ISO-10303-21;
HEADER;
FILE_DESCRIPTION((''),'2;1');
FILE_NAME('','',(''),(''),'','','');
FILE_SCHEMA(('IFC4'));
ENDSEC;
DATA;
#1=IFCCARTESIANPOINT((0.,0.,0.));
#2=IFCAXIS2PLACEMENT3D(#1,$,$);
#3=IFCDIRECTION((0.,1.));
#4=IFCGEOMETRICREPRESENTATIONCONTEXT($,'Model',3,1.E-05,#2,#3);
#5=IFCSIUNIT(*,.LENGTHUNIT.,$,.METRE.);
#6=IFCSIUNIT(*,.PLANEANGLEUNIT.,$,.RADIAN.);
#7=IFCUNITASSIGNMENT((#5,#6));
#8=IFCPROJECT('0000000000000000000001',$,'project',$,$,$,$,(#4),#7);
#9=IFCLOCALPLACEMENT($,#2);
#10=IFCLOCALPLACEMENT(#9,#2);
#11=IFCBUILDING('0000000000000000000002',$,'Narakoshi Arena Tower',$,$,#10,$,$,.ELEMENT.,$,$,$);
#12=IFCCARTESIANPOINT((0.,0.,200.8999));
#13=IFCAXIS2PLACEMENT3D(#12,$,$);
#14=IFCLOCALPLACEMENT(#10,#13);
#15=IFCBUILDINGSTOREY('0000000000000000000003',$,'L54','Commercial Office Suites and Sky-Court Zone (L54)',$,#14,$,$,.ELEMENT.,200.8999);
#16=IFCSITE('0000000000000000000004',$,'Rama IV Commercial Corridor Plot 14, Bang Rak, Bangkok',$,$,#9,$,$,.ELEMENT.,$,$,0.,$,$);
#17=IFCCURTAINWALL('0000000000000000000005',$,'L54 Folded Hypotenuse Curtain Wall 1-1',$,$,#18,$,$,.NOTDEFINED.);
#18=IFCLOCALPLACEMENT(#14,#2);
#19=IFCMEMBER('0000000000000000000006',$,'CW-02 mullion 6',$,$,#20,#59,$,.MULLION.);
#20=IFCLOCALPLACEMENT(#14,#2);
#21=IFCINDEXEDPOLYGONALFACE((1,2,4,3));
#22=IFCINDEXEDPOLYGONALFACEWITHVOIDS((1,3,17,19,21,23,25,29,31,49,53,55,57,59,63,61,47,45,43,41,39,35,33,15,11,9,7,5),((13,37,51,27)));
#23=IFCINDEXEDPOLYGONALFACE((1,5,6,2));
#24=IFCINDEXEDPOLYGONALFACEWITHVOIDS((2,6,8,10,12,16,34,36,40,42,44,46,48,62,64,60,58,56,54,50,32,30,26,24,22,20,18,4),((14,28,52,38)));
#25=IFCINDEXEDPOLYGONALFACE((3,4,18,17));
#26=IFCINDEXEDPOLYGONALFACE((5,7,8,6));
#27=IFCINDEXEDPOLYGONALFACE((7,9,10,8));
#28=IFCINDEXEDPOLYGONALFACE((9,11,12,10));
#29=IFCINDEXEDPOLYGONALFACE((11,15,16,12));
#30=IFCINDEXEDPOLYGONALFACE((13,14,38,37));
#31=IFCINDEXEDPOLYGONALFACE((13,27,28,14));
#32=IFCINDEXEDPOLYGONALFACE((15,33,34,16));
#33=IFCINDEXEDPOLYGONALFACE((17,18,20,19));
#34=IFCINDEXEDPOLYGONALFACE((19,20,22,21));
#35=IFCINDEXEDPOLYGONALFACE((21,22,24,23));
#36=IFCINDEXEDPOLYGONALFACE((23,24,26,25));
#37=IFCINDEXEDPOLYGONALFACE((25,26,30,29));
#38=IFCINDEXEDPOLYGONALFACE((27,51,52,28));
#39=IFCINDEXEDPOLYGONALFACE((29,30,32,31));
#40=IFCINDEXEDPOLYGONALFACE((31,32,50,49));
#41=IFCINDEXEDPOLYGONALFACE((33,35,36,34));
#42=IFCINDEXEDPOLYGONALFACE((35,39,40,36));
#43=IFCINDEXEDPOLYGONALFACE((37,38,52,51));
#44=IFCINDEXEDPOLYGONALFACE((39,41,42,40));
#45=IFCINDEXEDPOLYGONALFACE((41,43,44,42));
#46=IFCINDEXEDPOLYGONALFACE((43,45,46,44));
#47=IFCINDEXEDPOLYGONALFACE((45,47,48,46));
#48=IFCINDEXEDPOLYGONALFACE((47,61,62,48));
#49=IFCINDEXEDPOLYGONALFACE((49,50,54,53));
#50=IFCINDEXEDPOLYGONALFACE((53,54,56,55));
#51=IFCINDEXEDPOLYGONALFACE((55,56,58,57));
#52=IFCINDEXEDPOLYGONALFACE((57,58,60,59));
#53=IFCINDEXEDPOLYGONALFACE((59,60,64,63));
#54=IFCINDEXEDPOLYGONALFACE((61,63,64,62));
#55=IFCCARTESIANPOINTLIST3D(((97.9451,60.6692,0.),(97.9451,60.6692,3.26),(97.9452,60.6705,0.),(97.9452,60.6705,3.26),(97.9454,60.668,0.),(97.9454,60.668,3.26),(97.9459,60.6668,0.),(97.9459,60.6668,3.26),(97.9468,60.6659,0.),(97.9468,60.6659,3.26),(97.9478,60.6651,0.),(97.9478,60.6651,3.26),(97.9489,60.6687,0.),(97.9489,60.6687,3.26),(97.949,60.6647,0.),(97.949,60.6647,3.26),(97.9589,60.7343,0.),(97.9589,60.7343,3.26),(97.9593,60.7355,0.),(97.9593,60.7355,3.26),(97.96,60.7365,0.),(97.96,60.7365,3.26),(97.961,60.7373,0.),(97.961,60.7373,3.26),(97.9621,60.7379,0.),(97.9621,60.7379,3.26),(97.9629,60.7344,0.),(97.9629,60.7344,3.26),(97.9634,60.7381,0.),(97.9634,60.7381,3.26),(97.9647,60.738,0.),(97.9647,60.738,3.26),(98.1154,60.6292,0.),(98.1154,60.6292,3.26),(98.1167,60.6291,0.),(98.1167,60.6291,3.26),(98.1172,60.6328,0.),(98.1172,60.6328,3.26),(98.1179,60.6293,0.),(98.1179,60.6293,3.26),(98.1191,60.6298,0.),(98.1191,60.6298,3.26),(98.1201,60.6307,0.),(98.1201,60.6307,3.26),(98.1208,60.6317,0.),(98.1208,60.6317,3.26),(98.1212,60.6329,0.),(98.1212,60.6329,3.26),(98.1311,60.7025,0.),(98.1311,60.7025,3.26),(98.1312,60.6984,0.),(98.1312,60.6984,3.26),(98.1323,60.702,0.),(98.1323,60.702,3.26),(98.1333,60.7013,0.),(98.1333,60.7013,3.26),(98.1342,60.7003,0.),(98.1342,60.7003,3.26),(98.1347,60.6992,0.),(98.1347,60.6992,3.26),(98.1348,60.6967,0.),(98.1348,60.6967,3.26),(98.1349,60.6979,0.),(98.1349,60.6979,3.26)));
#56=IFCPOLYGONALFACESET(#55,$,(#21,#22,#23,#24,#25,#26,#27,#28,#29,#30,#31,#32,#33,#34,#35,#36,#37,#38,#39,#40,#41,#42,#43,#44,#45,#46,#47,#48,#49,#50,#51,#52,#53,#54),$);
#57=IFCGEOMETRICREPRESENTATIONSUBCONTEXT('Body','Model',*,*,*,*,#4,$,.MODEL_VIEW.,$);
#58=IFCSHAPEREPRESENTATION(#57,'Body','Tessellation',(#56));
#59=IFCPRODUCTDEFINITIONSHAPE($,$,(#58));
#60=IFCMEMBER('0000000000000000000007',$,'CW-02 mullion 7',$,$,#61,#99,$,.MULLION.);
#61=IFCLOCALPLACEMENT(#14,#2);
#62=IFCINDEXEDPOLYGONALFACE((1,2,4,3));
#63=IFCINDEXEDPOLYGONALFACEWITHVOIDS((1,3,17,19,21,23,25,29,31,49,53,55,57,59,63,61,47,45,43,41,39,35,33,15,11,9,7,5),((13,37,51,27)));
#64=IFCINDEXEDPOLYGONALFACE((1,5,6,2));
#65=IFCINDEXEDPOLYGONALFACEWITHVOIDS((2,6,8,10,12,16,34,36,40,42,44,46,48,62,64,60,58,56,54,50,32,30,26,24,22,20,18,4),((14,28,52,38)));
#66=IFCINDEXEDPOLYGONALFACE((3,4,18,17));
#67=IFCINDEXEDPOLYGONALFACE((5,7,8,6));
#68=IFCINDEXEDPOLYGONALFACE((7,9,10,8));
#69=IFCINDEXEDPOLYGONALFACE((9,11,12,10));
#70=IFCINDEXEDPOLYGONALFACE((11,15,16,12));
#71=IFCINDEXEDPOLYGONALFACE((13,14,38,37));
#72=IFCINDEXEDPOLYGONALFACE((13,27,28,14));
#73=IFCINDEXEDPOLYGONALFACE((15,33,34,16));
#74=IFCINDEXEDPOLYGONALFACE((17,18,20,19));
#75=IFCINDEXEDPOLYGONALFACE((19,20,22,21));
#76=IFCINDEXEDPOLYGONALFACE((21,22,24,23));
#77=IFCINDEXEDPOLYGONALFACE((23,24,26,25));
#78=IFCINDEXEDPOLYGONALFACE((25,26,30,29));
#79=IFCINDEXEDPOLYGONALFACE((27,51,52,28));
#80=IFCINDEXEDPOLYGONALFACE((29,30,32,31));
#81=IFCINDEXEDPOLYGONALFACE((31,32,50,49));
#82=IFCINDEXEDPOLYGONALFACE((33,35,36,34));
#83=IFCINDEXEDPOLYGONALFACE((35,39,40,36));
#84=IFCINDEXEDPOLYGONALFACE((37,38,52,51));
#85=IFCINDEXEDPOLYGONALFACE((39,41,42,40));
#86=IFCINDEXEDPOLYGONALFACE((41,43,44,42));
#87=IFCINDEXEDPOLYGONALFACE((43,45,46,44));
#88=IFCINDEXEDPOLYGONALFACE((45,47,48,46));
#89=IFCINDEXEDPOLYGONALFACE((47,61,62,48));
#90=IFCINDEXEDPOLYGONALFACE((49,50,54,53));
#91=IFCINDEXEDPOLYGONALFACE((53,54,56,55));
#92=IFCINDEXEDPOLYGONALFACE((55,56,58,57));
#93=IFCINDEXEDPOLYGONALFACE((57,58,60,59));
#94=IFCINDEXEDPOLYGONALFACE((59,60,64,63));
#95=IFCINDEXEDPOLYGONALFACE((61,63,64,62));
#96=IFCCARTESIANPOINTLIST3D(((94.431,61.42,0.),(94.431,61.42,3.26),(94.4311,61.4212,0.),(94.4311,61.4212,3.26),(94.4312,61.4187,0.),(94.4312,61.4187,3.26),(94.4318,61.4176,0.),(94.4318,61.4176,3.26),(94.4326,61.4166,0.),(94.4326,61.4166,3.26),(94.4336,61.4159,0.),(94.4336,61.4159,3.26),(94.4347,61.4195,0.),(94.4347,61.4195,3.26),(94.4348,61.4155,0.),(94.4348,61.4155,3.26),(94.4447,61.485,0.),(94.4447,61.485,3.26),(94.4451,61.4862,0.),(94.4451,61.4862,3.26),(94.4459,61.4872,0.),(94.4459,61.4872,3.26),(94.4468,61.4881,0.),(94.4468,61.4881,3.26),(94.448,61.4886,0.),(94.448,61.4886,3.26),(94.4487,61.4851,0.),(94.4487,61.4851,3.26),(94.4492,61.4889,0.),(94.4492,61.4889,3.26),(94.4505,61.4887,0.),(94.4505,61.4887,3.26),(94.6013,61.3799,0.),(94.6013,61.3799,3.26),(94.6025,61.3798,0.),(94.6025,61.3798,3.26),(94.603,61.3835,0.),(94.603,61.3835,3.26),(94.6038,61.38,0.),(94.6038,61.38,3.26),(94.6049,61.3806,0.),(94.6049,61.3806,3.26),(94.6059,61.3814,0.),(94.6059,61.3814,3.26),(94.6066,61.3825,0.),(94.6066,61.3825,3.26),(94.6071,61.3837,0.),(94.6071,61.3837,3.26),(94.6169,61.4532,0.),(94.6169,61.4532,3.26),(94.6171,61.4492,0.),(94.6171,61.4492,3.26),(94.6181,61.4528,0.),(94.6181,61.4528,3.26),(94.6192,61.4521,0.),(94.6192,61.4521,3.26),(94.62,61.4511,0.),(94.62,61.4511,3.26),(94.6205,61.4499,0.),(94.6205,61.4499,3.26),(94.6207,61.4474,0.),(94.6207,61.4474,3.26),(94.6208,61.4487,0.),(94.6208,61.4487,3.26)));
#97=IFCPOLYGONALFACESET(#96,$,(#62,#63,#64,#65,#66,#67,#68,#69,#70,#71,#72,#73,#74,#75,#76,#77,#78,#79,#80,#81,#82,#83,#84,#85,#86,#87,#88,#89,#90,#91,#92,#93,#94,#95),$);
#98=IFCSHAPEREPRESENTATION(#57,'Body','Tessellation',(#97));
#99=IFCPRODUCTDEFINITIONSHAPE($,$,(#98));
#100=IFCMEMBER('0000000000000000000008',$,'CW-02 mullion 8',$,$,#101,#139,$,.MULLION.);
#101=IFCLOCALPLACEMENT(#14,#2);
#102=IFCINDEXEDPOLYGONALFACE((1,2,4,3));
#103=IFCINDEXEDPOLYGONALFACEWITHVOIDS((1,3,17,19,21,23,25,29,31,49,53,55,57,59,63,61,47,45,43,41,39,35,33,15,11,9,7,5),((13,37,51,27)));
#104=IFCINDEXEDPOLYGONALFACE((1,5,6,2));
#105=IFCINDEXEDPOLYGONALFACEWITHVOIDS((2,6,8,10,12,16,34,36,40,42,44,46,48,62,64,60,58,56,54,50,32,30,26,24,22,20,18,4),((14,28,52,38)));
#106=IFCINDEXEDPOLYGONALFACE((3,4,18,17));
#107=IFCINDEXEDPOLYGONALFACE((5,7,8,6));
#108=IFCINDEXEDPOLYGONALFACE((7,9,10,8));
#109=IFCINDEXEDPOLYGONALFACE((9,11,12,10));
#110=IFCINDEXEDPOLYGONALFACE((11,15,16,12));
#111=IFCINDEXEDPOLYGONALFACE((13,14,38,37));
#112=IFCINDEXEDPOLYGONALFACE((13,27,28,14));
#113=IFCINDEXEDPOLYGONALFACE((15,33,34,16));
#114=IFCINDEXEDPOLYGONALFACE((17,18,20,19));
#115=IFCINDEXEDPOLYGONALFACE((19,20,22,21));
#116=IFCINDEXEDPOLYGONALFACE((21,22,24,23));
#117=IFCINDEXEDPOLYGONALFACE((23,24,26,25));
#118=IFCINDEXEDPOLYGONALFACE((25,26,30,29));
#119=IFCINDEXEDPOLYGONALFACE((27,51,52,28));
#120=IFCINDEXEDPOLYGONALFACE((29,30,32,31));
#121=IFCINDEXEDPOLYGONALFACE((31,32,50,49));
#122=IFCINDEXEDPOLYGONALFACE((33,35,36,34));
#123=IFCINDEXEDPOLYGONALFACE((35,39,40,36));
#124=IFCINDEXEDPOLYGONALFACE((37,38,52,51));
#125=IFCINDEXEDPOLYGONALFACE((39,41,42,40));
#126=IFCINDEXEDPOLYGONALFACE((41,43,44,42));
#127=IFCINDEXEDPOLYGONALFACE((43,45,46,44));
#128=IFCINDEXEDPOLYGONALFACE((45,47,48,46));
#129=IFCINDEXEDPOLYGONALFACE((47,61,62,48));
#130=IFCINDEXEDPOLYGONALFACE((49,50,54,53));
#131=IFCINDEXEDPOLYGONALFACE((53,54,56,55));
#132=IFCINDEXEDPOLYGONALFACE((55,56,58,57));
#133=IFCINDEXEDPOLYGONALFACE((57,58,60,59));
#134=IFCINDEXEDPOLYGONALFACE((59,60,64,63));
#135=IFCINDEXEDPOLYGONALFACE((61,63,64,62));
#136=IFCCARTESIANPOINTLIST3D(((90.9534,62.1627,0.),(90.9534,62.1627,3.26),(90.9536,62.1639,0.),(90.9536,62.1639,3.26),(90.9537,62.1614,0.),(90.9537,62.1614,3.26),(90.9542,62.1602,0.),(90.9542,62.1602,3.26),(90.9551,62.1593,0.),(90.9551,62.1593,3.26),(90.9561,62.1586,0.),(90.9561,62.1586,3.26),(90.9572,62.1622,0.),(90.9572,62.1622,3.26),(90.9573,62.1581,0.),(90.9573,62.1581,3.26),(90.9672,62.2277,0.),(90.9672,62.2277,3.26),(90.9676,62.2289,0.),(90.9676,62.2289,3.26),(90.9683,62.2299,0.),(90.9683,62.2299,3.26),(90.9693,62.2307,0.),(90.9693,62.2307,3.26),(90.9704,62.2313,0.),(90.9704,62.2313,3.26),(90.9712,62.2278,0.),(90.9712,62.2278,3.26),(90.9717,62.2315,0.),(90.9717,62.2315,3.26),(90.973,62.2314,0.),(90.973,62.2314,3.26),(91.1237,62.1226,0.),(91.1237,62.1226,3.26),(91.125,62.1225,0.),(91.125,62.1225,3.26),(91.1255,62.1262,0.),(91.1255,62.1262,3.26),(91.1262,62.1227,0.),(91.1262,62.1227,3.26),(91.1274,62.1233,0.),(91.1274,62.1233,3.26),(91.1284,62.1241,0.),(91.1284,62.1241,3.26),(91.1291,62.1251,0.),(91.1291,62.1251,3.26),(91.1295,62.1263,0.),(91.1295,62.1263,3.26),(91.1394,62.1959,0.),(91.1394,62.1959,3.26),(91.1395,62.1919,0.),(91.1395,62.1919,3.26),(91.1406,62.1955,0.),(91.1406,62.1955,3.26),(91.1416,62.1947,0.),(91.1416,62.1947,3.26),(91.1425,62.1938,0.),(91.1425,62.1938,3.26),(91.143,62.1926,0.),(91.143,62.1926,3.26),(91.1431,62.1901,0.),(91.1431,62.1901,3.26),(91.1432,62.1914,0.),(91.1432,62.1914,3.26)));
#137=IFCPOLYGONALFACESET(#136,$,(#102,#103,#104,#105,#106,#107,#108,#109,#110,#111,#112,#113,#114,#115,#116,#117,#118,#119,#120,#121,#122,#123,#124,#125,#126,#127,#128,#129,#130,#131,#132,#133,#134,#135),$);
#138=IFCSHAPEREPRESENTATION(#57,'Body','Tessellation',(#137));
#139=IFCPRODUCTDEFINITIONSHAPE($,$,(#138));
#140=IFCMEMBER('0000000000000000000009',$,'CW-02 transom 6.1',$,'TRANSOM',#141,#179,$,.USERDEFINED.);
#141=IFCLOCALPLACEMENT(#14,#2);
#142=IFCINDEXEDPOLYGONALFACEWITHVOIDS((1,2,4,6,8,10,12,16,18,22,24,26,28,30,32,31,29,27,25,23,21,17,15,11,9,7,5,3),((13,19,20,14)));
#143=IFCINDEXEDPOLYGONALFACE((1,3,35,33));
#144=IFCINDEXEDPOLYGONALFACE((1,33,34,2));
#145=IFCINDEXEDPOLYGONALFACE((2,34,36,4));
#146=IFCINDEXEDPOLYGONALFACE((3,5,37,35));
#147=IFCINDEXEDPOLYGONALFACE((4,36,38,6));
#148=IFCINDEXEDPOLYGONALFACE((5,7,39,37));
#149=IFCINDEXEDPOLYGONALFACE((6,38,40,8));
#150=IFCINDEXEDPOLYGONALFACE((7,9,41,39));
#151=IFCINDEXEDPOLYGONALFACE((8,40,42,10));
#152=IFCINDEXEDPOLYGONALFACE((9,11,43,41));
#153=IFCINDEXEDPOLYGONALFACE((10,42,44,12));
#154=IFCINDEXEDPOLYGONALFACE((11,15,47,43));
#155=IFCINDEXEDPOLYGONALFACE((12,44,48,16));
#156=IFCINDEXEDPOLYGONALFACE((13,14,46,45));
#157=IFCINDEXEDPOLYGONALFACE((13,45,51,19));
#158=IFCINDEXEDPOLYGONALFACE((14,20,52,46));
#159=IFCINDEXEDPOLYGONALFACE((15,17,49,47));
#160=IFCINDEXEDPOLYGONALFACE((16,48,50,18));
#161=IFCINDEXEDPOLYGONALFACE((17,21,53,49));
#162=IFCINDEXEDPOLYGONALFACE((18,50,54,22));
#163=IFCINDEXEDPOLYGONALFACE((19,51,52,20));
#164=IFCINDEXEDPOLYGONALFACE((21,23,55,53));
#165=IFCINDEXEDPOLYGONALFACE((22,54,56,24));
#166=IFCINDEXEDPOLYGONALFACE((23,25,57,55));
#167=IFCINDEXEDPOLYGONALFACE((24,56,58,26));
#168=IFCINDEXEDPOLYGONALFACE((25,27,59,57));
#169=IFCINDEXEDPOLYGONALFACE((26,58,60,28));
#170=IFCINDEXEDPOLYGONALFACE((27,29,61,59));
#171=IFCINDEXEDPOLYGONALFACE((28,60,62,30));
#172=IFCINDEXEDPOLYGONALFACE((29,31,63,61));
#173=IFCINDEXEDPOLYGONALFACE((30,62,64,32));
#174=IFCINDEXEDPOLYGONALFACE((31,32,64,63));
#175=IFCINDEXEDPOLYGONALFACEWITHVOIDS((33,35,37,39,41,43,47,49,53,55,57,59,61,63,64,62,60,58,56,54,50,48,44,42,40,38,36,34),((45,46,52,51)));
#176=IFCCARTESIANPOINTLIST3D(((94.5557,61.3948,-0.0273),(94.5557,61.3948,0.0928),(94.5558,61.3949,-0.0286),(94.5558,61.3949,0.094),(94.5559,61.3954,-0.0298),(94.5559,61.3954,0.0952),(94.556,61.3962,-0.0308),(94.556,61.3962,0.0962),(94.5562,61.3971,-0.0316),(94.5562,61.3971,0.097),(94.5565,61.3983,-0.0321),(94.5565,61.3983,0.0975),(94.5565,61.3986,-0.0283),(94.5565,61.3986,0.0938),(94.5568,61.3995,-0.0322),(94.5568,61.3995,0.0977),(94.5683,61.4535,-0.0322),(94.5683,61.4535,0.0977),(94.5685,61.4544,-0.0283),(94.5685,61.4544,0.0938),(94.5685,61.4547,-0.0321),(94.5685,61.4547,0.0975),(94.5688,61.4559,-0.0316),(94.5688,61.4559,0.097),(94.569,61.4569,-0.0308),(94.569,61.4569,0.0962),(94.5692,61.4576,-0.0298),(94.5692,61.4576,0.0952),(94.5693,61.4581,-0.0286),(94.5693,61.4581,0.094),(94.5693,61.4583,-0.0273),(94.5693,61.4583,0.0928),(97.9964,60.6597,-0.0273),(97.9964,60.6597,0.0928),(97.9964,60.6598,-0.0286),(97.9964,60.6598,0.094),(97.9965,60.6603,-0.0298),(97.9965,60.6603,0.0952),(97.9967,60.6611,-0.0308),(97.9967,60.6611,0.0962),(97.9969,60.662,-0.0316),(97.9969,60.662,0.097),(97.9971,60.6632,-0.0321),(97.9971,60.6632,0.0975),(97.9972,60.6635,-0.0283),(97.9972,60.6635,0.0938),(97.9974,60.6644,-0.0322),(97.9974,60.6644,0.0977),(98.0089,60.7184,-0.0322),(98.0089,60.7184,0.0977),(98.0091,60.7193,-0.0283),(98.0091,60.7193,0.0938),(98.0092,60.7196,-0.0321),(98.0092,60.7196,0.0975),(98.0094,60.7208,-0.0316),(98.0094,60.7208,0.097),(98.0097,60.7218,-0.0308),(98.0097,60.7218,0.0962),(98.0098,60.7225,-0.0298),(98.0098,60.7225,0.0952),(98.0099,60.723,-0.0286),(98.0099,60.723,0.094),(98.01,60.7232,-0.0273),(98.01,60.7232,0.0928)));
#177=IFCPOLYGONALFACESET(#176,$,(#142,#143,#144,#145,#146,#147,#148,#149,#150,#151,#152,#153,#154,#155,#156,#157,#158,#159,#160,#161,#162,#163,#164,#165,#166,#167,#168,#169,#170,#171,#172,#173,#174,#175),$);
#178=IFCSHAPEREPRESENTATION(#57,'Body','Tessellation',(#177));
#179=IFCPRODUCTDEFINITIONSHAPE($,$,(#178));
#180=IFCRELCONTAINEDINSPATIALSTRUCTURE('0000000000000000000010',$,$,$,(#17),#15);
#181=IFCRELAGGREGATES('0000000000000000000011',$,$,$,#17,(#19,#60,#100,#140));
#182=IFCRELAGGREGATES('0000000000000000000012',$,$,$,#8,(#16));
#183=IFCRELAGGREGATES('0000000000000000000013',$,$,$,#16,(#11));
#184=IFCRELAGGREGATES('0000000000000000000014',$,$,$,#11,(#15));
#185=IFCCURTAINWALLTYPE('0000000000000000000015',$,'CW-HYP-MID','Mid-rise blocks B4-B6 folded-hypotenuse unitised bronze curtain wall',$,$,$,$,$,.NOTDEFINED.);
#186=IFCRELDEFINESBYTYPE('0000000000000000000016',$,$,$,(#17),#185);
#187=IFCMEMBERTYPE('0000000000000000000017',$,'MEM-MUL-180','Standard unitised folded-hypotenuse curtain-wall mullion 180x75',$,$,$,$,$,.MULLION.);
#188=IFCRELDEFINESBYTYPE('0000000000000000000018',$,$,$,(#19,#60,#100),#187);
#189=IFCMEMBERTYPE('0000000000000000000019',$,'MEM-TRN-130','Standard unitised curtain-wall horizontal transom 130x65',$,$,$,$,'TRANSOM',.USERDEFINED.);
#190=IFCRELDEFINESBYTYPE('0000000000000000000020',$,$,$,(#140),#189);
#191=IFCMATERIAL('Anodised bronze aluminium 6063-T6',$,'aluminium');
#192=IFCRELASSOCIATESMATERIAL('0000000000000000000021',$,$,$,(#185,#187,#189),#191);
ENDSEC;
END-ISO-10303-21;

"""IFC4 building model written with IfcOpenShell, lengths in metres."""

from ifc_helpers import new_model, si_unit, direction, frame, origin, origin_2d, place, context, subcontext, project, spatial, hollow_rectangle, extrude, material, material_profile, profile_set, type_object, element, aggregate, save


model = new_model("IFC4")

# Units and contexts
model_context = context("Model", 3, precision=1e-05, world=origin(), true_north=direction((0.0, 1.0)))
body_context = subcontext(model_context, "Body", "Model", "MODEL_VIEW")
ifc_project = project(units=[si_unit("LENGTHUNIT", "METRE"), si_unit("PLANEANGLEUNIT", "RADIAN")], contexts=[model_context])

# Site, building, storey
site_placement = place(None, origin())
site = spatial("IfcSite", under=ifc_project, at=site_placement, Name="Rama IV Commercial Corridor Plot 14, Bang Rak, Bangkok", CompositionType="ELEMENT", RefElevation=0.0)
building_placement = place(site_placement, origin())
building = spatial("IfcBuilding", under=site, at=building_placement, Name="Narakoshi Arena Tower", CompositionType="ELEMENT")
storey_placement = place(building_placement, frame((0.0, 0.0, 200.8999)))
storey = spatial("IfcBuildingStorey", under=building, at=storey_placement, Name="L54", Description="Commercial Office Suites and Sky-Court Zone (L54)", CompositionType="ELEMENT", Elevation=200.8999)

# Curtain wall, members
ifc_material_1 = material(Name="Anodised bronze aluminium 6063-T6", Category="aluminium")
curtain_wall_type = type_object("IfcCurtainWallType", Name="CW-HYP-MID", Description="Mid-rise blocks B4-B6 folded-hypotenuse unitised bronze curtain wall", PredefinedType="NOTDEFINED", material=ifc_material_1)
curtain_wall_placement = place(storey_placement, origin())
curtain_wall = element("IfcCurtainWall", 1, at=curtain_wall_placement, inside=storey, type_object=curtain_wall_type, Name="L54 Folded Hypotenuse Curtain Wall 1-1", PredefinedType="NOTDEFINED")
ifc_material_profile_1 = material_profile(ifc_material_1, hollow_rectangle(XDim=0.075, YDim=0.1799, WallThickness=0.0039, OuterFilletRadius=0.0049, at=origin_2d()), Name="MUL180x75x4")
ifc_profile_set_1 = profile_set([ifc_material_profile_1], Name="Anodised bronze aluminium 6063-T6")
member_type_1 = type_object("IfcMemberType", Name="MEM-MUL-180", Description="Standard unitised folded-hypotenuse curtain-wall mullion 180x75", PredefinedType="MULLION", material=ifc_profile_set_1)
member_1_placement = place(storey_placement, frame((98.04, 60.6836, 0.0), z_axis=(0.0, 0.0, 1.0), x_axis=(-0.208899, -0.977937, 0.0)))
member_1 = element("IfcMember", 2, at=member_1_placement, type_object=member_type_1, Name="CW-02 mullion 6", PredefinedType="MULLION", context=body_context, shape_type="SweptSolid", body=[
    extrude(hollow_rectangle(XDim=0.075, YDim=0.1799, WallThickness=0.0039, OuterFilletRadius=0.0049, at=origin_2d()), origin(), (0.0, 0.0, 1.0), 3.26),
])
member_2_placement = place(storey_placement, frame((94.5259, 61.4343, 0.0), z_axis=(0.0, 0.0, 1.0), x_axis=(-0.208899, -0.977937, 0.0)))
member_2 = element("IfcMember", 3, at=member_2_placement, type_object=member_type_1, Name="CW-02 mullion 7", PredefinedType="MULLION", context=body_context, shape_type="SweptSolid", body=[
    extrude(hollow_rectangle(XDim=0.075, YDim=0.1799, WallThickness=0.0039, OuterFilletRadius=0.0049, at=origin_2d()), origin(), (0.0, 0.0, 1.0), 3.26),
])
member_3_placement = place(storey_placement, frame((91.0483, 62.177, 0.0), z_axis=(0.0, 0.0, 1.0), x_axis=(-0.208899, -0.977937, 0.0)))
member_3 = element("IfcMember", 4, at=member_3_placement, type_object=member_type_1, Name="CW-02 mullion 8", PredefinedType="MULLION", context=body_context, shape_type="SweptSolid", body=[
    extrude(hollow_rectangle(XDim=0.075, YDim=0.1799, WallThickness=0.0039, OuterFilletRadius=0.0049, at=origin_2d()), origin(), (0.0, 0.0, 1.0), 3.26),
])
ifc_material_profile_2 = material_profile(ifc_material_1, hollow_rectangle(XDim=0.0649, YDim=0.1299, WallThickness=0.0039, OuterFilletRadius=0.0049, at=origin_2d()), Name="TRN130x65x4")
ifc_profile_set_2 = profile_set([ifc_material_profile_2], Name="Anodised bronze aluminium 6063-T6")
member_type_2 = type_object("IfcMemberType", Name="MEM-TRN-130", Description="Standard unitised curtain-wall horizontal transom 130x65", ElementType="TRANSOM", PredefinedType="USERDEFINED", material=ifc_profile_set_2)
member_4_placement = place(storey_placement, frame((98.0032, 60.6914, 0.0327), z_axis=(-0.977929, 0.208937, 0.0), x_axis=(-0.208937, -0.977929, 0.0)))
member_4 = element("IfcMember", 5, at=member_4_placement, type_object=member_type_2, Name="CW-02 transom 6.1", ObjectType="TRANSOM", PredefinedType="USERDEFINED", context=body_context, shape_type="SweptSolid", body=[
    extrude(hollow_rectangle(XDim=0.0649, YDim=0.1299, WallThickness=0.0039, OuterFilletRadius=0.0049, at=origin_2d()), origin(), (0.0, 0.0, 1.0), 3.5183),
])
aggregate(curtain_wall, [member_1, member_2, member_3, member_4])

save(model, "model.ifc")
